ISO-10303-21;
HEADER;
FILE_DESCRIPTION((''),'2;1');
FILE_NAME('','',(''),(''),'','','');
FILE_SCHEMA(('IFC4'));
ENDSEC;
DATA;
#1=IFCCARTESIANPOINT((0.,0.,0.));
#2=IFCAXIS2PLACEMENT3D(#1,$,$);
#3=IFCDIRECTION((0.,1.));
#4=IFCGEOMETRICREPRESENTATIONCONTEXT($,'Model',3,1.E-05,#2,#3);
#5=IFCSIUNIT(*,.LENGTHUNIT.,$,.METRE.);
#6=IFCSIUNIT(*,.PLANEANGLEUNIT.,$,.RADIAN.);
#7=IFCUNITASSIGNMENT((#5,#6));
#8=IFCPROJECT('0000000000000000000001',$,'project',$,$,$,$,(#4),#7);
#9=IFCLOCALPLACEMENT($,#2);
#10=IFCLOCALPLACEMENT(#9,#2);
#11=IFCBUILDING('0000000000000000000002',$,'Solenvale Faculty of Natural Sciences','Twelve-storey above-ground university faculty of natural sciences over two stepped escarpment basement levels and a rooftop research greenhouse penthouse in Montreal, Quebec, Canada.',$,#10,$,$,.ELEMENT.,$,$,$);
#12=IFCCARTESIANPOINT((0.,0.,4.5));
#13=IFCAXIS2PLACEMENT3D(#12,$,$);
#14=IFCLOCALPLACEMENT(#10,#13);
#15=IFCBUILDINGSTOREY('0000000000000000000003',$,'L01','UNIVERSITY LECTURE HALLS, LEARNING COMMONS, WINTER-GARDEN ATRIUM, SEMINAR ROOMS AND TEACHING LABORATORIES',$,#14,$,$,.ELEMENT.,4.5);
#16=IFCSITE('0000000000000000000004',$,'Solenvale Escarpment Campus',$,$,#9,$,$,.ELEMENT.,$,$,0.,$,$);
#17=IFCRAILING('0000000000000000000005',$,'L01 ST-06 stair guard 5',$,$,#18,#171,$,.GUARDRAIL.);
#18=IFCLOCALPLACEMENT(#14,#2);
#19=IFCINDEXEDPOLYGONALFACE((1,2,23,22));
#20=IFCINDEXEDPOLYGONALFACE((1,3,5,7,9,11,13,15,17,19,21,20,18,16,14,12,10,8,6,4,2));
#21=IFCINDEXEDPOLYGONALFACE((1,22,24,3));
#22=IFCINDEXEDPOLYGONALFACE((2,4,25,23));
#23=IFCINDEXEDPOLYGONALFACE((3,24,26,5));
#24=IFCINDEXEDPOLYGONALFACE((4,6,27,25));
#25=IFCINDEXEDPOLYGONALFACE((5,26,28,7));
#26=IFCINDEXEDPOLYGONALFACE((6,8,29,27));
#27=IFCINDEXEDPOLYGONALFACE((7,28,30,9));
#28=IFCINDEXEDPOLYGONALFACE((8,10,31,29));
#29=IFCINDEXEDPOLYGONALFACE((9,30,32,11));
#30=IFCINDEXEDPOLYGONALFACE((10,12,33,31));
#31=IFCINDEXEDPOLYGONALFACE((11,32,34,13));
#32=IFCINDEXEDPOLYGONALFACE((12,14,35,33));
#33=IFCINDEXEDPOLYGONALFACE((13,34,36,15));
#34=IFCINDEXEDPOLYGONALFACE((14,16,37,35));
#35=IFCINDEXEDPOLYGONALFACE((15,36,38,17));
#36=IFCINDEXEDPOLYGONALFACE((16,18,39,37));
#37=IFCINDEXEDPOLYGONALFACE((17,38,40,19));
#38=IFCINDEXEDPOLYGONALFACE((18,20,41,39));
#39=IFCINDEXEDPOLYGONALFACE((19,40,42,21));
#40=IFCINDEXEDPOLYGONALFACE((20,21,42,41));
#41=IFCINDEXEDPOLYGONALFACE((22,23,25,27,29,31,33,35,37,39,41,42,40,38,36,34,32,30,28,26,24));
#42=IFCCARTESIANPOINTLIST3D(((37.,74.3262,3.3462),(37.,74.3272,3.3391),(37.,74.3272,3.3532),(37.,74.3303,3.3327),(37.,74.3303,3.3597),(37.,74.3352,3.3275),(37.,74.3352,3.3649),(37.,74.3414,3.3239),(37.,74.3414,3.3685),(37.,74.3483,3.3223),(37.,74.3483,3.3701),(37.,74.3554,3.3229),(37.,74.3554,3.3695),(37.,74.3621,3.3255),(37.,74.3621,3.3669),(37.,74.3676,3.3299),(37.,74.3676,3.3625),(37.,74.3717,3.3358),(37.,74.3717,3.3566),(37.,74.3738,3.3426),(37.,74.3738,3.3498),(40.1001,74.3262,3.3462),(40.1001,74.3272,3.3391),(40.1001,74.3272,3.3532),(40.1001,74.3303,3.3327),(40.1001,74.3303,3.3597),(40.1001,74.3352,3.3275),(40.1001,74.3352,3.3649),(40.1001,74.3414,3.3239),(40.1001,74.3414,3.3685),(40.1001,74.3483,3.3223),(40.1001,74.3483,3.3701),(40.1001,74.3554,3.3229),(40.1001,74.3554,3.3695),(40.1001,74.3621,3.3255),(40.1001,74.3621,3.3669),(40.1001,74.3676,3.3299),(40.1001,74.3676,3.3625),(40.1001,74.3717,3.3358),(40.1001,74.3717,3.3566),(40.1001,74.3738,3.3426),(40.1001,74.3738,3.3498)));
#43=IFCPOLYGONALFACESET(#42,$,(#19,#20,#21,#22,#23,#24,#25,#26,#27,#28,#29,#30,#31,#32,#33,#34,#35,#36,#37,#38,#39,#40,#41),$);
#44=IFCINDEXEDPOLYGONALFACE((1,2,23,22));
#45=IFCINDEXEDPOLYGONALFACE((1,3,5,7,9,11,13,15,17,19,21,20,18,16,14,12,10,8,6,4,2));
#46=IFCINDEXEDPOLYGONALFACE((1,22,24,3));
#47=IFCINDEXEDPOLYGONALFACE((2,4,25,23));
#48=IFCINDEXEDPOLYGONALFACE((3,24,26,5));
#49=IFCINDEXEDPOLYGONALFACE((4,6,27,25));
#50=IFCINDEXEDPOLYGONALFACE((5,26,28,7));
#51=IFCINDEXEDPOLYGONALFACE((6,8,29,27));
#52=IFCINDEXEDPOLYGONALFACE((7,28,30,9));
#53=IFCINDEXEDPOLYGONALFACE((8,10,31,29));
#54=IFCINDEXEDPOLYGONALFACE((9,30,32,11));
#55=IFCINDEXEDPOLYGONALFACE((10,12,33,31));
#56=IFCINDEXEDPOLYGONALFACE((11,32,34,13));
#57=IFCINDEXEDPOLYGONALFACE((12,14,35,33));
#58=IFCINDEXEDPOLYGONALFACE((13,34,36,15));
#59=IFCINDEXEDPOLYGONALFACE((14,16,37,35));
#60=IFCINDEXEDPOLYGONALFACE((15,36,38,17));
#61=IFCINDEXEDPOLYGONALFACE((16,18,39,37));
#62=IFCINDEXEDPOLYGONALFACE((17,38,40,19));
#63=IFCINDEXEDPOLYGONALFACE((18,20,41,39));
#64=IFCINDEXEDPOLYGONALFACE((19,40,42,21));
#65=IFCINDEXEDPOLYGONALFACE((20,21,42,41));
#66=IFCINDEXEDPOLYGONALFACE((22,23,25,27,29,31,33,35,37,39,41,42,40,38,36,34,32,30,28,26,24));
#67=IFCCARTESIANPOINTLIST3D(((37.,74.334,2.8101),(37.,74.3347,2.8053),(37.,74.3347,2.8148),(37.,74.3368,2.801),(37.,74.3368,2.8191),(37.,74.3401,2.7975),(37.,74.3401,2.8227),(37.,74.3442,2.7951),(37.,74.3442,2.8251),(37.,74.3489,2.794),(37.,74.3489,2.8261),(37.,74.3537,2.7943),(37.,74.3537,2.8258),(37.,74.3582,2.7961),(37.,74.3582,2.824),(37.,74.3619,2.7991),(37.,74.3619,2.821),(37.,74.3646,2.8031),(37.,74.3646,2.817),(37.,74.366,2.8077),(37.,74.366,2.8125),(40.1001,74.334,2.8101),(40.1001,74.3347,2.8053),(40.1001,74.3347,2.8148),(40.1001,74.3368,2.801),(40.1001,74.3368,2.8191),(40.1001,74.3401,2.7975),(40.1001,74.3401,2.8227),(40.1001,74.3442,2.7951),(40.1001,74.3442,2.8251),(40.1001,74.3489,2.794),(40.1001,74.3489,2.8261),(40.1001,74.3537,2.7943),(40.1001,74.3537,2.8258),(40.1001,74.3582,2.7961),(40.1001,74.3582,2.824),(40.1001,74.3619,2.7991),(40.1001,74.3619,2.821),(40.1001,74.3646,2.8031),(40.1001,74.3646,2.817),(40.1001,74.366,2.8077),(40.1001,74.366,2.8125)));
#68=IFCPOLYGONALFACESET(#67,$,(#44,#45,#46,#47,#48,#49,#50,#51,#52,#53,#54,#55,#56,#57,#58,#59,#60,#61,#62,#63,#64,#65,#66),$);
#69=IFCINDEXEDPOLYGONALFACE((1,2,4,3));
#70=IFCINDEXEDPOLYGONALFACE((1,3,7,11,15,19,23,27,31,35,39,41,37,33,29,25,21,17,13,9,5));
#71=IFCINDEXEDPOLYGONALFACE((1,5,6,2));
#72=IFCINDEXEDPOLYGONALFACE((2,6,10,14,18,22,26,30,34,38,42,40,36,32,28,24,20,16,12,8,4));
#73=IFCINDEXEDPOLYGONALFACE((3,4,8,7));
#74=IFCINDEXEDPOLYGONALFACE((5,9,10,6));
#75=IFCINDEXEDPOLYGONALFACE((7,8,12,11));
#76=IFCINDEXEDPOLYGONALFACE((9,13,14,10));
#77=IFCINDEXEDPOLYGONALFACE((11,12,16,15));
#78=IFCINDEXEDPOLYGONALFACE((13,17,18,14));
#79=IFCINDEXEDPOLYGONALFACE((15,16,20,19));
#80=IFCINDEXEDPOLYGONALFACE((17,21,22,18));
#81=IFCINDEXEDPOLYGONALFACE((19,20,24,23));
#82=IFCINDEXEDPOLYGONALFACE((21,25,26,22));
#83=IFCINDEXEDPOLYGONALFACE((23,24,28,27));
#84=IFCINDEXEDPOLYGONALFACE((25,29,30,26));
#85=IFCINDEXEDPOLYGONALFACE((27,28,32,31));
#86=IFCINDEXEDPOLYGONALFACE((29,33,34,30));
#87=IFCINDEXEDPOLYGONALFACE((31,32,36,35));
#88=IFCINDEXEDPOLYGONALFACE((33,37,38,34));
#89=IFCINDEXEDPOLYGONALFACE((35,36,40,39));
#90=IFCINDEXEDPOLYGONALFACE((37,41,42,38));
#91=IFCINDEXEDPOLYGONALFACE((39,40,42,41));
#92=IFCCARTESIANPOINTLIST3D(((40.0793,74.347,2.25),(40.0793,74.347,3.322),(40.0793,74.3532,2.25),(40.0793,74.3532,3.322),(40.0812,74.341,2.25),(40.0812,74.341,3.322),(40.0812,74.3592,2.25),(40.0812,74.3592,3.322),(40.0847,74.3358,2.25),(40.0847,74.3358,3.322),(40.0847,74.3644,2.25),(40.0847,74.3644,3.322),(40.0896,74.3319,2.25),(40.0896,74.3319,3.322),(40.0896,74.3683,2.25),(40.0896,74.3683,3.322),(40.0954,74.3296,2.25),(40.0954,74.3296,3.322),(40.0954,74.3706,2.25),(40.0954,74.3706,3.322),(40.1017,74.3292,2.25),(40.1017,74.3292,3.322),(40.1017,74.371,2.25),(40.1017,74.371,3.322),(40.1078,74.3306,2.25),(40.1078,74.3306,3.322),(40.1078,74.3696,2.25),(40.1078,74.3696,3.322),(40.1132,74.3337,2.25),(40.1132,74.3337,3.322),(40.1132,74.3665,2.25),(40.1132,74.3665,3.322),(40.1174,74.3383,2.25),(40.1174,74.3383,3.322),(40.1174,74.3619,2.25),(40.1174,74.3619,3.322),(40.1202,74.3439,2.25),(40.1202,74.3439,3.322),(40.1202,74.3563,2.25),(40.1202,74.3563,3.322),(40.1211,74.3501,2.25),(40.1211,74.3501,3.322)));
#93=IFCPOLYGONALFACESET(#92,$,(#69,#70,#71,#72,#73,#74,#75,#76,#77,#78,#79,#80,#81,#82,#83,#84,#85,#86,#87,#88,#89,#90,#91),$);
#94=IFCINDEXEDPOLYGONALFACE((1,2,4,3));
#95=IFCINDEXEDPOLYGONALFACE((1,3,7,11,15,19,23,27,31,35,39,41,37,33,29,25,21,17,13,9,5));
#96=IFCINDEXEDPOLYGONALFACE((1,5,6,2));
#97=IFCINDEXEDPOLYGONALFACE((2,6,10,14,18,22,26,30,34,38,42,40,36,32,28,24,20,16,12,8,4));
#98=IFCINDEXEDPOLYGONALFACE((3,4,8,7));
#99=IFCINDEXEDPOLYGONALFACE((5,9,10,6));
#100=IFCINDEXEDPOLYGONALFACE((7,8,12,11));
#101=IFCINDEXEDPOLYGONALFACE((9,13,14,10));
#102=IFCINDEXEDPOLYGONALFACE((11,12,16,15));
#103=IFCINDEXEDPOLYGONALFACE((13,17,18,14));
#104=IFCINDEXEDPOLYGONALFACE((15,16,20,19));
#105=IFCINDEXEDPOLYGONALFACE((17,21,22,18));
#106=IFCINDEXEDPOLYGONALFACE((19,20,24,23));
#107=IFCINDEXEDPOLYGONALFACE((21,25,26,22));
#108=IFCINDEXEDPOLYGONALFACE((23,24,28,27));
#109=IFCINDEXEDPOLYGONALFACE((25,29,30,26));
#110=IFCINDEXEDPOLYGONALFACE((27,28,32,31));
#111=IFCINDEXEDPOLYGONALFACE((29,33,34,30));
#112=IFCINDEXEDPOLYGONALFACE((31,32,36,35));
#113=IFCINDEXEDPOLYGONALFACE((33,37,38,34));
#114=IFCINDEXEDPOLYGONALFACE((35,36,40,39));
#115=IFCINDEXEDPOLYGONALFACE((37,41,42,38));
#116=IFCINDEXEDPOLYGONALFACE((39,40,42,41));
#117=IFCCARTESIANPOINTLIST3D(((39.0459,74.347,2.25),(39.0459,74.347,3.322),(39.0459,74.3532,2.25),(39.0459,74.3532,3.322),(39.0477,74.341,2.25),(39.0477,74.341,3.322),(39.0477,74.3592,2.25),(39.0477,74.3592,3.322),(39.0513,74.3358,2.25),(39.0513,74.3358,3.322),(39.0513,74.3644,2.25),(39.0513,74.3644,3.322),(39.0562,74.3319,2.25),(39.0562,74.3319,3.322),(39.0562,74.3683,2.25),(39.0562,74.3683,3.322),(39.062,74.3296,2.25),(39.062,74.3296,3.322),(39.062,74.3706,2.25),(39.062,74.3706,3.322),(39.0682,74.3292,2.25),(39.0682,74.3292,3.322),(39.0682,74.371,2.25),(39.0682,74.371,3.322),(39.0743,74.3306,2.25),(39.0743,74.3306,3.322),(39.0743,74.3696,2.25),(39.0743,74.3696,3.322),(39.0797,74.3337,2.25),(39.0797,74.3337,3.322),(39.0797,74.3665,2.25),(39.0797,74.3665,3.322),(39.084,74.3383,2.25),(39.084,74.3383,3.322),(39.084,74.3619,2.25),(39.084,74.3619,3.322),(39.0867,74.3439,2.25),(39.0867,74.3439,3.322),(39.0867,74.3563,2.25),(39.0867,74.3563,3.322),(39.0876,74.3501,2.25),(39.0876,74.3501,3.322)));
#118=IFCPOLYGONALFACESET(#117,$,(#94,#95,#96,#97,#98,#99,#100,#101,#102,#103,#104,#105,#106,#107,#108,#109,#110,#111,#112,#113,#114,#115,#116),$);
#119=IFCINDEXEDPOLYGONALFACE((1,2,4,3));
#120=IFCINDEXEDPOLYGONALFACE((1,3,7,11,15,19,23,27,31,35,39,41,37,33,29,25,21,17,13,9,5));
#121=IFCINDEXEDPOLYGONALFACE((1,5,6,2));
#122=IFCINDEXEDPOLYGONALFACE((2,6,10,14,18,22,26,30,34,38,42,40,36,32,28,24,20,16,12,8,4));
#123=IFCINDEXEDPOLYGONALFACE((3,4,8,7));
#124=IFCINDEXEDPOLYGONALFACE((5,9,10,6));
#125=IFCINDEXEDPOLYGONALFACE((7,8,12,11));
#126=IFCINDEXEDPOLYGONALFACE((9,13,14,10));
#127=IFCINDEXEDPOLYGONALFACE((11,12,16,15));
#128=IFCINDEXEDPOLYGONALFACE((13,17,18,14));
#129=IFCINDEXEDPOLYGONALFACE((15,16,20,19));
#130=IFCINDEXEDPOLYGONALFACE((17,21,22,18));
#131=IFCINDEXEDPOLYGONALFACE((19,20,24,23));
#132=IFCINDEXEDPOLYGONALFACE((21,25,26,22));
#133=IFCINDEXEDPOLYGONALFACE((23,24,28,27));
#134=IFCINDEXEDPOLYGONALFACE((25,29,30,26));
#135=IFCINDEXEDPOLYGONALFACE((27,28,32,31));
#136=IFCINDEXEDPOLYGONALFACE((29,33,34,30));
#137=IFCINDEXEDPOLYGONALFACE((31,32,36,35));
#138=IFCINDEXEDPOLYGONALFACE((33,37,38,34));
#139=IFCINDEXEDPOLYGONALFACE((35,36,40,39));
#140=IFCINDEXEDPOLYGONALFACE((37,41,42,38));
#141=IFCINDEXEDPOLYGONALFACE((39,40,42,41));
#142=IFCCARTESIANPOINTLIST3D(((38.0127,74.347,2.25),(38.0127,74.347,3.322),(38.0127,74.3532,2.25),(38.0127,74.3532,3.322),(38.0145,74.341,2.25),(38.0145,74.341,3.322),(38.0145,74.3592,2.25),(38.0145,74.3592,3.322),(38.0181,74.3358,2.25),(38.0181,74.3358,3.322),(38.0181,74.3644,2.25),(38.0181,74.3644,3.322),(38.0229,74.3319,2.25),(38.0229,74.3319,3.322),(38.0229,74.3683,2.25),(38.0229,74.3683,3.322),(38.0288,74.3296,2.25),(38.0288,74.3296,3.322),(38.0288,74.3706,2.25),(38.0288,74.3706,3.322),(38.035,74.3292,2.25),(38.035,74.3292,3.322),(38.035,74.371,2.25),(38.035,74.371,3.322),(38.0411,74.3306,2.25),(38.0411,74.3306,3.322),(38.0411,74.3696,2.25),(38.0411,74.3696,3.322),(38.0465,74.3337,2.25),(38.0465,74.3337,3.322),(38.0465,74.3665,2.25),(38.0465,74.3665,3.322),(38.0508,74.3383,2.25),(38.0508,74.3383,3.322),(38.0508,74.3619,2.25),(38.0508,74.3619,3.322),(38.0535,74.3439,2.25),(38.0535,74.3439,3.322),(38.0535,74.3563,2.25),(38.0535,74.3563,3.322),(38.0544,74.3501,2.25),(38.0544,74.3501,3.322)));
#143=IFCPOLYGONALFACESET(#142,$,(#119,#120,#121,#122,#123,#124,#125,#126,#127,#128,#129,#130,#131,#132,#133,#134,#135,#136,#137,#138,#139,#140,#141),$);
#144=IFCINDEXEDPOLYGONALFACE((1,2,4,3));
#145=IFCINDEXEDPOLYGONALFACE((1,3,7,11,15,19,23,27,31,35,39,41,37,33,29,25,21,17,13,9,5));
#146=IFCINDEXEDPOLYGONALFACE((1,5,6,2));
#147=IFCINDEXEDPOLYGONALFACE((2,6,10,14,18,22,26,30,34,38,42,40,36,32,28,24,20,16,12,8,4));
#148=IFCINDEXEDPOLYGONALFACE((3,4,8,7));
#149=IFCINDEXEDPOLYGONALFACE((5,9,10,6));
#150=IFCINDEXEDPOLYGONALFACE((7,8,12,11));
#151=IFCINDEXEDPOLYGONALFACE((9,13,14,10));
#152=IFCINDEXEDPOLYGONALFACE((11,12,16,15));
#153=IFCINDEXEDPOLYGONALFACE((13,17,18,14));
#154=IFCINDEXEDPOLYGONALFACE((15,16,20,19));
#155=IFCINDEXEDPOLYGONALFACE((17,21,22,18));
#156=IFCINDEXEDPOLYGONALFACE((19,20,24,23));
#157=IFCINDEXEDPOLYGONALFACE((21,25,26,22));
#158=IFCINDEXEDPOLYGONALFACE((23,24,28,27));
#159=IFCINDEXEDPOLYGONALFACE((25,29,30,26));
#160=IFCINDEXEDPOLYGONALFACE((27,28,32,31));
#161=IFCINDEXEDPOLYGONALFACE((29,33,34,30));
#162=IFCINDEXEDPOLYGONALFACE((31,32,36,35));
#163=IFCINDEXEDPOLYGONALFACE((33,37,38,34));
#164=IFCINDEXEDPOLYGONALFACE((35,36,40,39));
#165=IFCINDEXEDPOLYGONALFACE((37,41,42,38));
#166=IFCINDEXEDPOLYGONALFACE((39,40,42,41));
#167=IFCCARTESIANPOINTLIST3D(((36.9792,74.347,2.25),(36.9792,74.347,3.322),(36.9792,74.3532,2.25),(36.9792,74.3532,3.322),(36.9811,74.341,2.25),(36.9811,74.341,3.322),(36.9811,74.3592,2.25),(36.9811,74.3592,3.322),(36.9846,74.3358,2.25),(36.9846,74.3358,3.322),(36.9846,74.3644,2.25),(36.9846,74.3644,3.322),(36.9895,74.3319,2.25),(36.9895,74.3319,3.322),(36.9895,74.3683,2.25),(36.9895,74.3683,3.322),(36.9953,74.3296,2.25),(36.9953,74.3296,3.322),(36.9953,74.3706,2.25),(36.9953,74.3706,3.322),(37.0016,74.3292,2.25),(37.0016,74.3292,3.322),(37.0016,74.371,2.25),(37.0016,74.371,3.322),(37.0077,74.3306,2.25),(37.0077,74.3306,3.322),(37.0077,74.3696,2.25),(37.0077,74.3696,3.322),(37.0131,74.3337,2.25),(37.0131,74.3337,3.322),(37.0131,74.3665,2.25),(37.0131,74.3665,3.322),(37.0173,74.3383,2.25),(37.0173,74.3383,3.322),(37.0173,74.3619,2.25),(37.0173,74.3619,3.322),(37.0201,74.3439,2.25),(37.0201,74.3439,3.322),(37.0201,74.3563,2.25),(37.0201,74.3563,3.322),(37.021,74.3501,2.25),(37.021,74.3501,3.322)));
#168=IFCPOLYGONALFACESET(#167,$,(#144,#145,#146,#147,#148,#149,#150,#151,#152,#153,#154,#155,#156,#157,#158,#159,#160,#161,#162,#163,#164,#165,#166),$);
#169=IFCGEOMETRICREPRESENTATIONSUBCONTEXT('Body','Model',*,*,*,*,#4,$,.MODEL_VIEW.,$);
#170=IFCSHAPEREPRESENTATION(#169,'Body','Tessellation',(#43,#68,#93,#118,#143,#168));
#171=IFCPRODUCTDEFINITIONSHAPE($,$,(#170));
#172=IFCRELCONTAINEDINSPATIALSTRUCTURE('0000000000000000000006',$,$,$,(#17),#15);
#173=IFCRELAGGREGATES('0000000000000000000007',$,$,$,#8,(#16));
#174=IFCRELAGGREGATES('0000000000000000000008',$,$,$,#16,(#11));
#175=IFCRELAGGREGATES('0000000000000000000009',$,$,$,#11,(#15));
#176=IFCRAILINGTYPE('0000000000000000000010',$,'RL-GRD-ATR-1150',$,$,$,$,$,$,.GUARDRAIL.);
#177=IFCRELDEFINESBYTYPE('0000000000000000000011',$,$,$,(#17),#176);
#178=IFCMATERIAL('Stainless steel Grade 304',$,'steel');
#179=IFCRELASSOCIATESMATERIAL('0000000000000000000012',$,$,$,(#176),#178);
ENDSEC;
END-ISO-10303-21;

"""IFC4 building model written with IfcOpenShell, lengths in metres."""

from ifc_helpers import new_model, si_unit, direction, frame, origin, origin_2d, place, context, subcontext, project, spatial, circle, extrude, material, type_object, element, save


model = new_model("IFC4")

# Units and contexts
model_context = context("Model", 3, precision=1e-05, world=origin(), true_north=direction((0.0, 1.0)))
body_context = subcontext(model_context, "Body", "Model", "MODEL_VIEW")
ifc_project = project(units=[si_unit("LENGTHUNIT", "METRE"), si_unit("PLANEANGLEUNIT", "RADIAN")], contexts=[model_context])

# Site, building, storey
site_placement = place(None, origin())
site = spatial("IfcSite", under=ifc_project, at=site_placement, Name="Solenvale Escarpment Campus", CompositionType="ELEMENT", RefElevation=0.0)
building_placement = place(site_placement, origin())
building = spatial("IfcBuilding", under=site, at=building_placement, Name="Solenvale Faculty of Natural Sciences", Description="Twelve-storey above-ground university faculty of natural sciences over two stepped escarpment basement levels and a rooftop research greenhouse penthouse in Montreal, Quebec, Canada.", CompositionType="ELEMENT")
storey_placement = place(building_placement, frame((0.0, 0.0, 4.5)))
storey = spatial("IfcBuildingStorey", under=building, at=storey_placement, Name="L01", Description="UNIVERSITY LECTURE HALLS, LEARNING COMMONS, WINTER-GARDEN ATRIUM, SEMINAR ROOMS AND TEACHING LABORATORIES", CompositionType="ELEMENT", Elevation=4.5)

# Railing
ifc_material_1 = material(Name="Stainless steel Grade 304", Category="steel")
railing_type = type_object("IfcRailingType", Name="RL-GRD-ATR-1150", PredefinedType="GUARDRAIL", material=ifc_material_1)
railing_1_placement = place(storey_placement, frame((40.1001, 74.3501, 2.25)))
element("IfcRailing", 1, at=railing_1_placement, inside=storey, type_object=railing_type, Name="L01 ST-06 stair guard 5", PredefinedType="GUARDRAIL", context=body_context, shape_type="SweptSolid", body=[
    extrude(circle(Radius=0.0239, at=origin_2d()), frame((0.0, 0.0, 1.0962), z_axis=(-1.0, 0.0, 0.0), x_axis=(0.0, -1.0, 0.0)), (0.0, 0.0, 1.0), 3.1001),
    extrude(circle(Radius=0.0161, at=origin_2d()), frame((0.0, 0.0, 0.5601), z_axis=(-1.0, 0.0, 0.0), x_axis=(0.0, -1.0, 0.0)), (0.0, 0.0, 1.0), 3.1001),
    extrude(circle(Radius=0.021, at=origin_2d()), origin(), (0.0, 0.0, 1.0), 1.072),
    extrude(circle(Radius=0.021, at=origin_2d()), frame((-1.0334, 0.0, 0.0)), (0.0, 0.0, 1.0), 1.072),
    extrude(circle(Radius=0.021, at=origin_2d()), frame((-2.0667, 0.0, 0.0)), (0.0, 0.0, 1.0), 1.072),
    extrude(circle(Radius=0.021, at=origin_2d()), frame((-3.1001, 0.0, 0.0)), (0.0, 0.0, 1.0), 1.072),
])

save(model, "model.ifc")
